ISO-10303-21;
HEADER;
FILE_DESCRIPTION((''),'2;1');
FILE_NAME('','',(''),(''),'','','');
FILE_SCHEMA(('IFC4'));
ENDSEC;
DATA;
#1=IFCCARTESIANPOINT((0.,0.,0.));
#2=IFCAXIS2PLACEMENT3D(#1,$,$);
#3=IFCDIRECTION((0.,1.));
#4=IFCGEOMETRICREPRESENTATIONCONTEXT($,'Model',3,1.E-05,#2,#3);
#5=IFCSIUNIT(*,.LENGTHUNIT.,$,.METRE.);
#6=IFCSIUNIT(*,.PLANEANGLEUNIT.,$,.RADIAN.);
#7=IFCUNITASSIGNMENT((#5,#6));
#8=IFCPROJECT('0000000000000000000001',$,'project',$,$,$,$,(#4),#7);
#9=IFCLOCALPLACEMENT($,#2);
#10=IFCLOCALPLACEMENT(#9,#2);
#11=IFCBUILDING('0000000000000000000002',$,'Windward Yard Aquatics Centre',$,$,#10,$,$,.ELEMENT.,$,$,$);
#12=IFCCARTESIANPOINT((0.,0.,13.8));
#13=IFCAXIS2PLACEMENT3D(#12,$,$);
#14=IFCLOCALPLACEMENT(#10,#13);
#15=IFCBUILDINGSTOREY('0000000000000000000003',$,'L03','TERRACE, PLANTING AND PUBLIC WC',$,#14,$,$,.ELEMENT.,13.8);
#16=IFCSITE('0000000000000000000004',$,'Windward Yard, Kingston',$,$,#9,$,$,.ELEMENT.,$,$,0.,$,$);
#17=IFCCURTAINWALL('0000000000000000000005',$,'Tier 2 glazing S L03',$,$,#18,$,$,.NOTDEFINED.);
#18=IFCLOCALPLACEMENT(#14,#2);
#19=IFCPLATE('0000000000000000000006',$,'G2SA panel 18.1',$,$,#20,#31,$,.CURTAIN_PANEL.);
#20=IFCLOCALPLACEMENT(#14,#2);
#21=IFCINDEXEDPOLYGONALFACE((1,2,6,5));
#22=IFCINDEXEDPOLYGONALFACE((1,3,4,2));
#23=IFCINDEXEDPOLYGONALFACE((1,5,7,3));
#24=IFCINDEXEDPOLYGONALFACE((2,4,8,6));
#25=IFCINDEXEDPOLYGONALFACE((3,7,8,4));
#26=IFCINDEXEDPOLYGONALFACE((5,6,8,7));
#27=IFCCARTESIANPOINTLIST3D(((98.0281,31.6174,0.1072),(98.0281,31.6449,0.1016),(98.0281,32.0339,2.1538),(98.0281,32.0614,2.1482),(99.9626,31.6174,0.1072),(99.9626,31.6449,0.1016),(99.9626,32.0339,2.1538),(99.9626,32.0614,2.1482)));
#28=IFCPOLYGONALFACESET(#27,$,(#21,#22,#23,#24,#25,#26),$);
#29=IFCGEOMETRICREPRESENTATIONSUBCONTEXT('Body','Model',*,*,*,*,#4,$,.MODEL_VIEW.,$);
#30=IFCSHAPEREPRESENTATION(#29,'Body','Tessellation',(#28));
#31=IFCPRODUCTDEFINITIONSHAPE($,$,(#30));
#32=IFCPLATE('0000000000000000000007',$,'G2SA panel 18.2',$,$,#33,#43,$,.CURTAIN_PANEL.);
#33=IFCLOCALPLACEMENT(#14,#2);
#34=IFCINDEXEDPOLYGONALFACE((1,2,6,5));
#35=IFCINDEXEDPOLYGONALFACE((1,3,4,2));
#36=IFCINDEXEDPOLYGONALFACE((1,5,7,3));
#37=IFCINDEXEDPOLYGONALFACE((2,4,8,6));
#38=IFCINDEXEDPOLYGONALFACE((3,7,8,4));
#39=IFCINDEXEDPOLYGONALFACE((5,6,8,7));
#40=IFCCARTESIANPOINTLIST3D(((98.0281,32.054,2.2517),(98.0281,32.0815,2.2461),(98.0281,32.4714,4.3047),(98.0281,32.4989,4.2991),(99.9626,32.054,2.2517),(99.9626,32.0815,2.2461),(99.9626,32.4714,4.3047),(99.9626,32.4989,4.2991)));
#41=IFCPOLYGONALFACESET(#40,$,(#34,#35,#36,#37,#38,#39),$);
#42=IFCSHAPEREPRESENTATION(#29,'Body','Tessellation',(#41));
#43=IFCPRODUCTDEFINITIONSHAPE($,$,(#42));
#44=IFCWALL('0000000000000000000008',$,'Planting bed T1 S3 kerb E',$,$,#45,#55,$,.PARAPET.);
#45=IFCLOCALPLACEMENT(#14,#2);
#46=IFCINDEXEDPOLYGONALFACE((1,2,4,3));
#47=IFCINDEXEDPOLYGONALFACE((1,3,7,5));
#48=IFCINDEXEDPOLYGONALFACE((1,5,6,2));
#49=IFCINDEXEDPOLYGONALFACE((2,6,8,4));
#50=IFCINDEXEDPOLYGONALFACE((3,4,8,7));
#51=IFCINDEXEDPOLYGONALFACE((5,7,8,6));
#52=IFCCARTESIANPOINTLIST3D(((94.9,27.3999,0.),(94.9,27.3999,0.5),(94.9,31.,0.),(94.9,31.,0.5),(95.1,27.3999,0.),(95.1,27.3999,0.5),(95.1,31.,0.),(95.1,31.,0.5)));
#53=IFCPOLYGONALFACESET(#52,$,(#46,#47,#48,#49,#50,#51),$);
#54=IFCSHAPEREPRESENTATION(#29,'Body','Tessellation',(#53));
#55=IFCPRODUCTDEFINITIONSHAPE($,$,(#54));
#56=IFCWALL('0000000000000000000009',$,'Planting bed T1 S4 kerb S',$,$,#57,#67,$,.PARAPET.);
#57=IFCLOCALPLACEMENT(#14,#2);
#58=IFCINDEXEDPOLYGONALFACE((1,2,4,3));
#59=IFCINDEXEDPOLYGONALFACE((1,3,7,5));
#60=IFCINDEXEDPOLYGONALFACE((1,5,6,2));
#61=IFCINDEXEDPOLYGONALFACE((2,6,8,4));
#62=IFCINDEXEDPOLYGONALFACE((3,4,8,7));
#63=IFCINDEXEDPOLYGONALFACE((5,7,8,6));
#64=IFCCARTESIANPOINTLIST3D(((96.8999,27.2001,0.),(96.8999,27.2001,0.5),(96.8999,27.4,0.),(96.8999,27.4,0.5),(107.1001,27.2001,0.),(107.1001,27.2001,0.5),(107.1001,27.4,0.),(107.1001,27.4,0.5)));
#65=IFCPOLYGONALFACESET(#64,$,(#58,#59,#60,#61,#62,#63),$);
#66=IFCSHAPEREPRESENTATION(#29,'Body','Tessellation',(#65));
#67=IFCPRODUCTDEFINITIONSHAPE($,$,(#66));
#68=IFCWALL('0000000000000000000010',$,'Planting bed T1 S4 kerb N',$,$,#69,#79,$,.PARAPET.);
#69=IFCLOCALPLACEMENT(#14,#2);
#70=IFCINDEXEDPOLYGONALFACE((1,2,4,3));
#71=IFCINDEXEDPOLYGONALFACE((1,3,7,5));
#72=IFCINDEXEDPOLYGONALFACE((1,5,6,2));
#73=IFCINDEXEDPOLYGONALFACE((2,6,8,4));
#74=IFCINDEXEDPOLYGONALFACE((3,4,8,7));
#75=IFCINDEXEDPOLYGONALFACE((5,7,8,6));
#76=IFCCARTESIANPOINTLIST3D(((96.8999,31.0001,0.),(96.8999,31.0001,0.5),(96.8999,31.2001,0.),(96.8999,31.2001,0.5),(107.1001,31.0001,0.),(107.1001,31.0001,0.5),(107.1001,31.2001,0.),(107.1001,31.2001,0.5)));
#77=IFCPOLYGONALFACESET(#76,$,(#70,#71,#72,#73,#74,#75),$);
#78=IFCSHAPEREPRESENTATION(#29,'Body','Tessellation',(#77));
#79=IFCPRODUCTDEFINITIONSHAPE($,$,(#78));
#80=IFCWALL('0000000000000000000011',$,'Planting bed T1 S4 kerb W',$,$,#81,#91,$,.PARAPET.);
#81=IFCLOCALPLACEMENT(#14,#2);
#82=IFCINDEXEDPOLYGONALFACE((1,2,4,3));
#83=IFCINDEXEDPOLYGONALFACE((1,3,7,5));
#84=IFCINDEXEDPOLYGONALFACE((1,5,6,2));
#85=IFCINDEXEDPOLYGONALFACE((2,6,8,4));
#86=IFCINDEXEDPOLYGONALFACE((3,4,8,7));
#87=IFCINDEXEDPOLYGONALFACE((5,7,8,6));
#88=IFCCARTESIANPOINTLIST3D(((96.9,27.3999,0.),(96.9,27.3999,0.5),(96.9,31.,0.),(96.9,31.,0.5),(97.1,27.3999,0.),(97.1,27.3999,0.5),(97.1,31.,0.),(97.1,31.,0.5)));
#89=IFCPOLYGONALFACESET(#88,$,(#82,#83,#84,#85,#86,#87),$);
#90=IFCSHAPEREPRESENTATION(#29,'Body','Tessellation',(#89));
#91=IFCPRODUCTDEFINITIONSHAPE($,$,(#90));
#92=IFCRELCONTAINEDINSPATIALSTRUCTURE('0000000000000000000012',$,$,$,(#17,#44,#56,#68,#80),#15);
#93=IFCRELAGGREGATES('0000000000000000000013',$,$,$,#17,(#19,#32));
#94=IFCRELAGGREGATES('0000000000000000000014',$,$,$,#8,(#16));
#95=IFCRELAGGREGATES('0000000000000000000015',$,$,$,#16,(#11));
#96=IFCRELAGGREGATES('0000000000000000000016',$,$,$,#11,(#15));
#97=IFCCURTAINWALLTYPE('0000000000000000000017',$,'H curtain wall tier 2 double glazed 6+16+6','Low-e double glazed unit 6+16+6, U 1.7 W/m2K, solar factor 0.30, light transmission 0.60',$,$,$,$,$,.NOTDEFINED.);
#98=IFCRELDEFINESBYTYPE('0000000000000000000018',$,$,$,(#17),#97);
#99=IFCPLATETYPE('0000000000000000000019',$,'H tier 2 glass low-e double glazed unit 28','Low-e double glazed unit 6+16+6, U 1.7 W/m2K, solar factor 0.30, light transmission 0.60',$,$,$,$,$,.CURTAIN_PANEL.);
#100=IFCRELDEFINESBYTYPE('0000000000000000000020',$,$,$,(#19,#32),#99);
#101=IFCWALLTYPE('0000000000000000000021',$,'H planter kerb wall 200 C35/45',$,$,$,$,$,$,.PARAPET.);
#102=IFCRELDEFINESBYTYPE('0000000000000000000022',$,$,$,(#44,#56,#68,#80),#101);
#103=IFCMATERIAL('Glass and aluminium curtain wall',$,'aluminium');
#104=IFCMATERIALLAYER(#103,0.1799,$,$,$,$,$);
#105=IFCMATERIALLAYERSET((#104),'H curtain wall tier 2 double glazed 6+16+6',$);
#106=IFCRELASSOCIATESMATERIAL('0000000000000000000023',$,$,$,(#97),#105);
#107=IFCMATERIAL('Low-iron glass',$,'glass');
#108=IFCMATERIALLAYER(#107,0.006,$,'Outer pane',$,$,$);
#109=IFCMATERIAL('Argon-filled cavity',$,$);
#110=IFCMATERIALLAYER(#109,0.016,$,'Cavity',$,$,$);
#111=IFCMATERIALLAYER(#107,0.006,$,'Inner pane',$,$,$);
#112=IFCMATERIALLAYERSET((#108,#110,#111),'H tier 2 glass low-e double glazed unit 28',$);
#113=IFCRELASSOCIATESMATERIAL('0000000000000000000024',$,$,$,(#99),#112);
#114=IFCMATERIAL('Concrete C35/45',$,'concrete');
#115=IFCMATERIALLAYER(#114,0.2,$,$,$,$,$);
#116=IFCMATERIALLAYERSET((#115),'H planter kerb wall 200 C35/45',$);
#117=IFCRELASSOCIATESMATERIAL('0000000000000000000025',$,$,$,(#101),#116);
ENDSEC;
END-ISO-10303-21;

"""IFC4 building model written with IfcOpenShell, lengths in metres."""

from ifc_helpers import new_model, si_unit, direction, frame, frame_2d, origin, place, context, subcontext, project, spatial, polyline, rectangle, outline, extrude, material, layer, layer_set, type_object, element, aggregate, save


model = new_model("IFC4")

# Units and contexts
model_context = context("Model", 3, precision=1e-05, world=origin(), true_north=direction((0.0, 1.0)))
body_context = subcontext(model_context, "Body", "Model", "MODEL_VIEW")
ifc_project = project(units=[si_unit("LENGTHUNIT", "METRE"), si_unit("PLANEANGLEUNIT", "RADIAN")], contexts=[model_context])

# Site, building, storey
site_placement = place(None, origin())
site = spatial("IfcSite", under=ifc_project, at=site_placement, Name="Windward Yard, Kingston", CompositionType="ELEMENT", RefElevation=0.0)
building_placement = place(site_placement, origin())
building = spatial("IfcBuilding", under=site, at=building_placement, Name="Windward Yard Aquatics Centre", CompositionType="ELEMENT")
storey_placement = place(building_placement, frame((0.0, 0.0, 13.8)))
storey = spatial("IfcBuildingStorey", under=building, at=storey_placement, Name="L03", Description="TERRACE, PLANTING AND PUBLIC WC", CompositionType="ELEMENT", Elevation=13.8)

# Curtain wall
ifc_material_1 = material(Name="Glass and aluminium curtain wall", Category="aluminium")
ifc_layer_1 = layer(ifc_material_1, 0.1799)
ifc_layer_set_1 = layer_set([ifc_layer_1], Name="H curtain wall tier 2 double glazed 6+16+6")
curtain_wall_type = type_object("IfcCurtainWallType", Name="H curtain wall tier 2 double glazed 6+16+6", Description="Low-e double glazed unit 6+16+6, U 1.7 W/m2K, solar factor 0.30, light transmission 0.60", PredefinedType="NOTDEFINED", material=ifc_layer_set_1)
curtain_wall_placement = place(storey_placement, origin())
curtain_wall = element("IfcCurtainWall", 1, at=curtain_wall_placement, inside=storey, type_object=curtain_wall_type, Name="Tier 2 glazing S L03", PredefinedType="NOTDEFINED")

# Plates
ifc_material_2 = material(Name="Low-iron glass", Category="glass")
ifc_layer_2 = layer(ifc_material_2, 0.006, Name="Outer pane")
ifc_material_3 = material(Name="Argon-filled cavity")
ifc_layer_3 = layer(ifc_material_3, 0.016, Name="Cavity")
ifc_layer_4 = layer(ifc_material_2, 0.006, Name="Inner pane")
ifc_layer_set_2 = layer_set([ifc_layer_2, ifc_layer_3, ifc_layer_4], Name="H tier 2 glass low-e double glazed unit 28")
plate_type = type_object("IfcPlateType", Name="H tier 2 glass low-e double glazed unit 28", Description="Low-e double glazed unit 6+16+6, U 1.7 W/m2K, solar factor 0.30, light transmission 0.60", PredefinedType="CURTAIN_PANEL", material=ifc_layer_set_2)
plate_1_placement = place(storey_placement, frame((98.0281, 31.6174, 0.1072), z_axis=(0.0, -0.979914, 0.199419), x_axis=(1.0, 0.0, 0.0)))
plate_1 = element("IfcPlate", 2, at=plate_1_placement, type_object=plate_type, Name="G2SA panel 18.1", PredefinedType="CURTAIN_PANEL", context=body_context, shape_type="SweptSolid", body=[
    extrude(outline(polyline([(0.0, 0.0), (1.9346, 0.0), (1.9346, 2.0886), (0.0, 2.0886), (0.0, 0.0)])), origin(), (0.0, 0.0, -1.0), 0.0281),
])
plate_2_placement = place(storey_placement, frame((98.0281, 32.054, 2.2517), z_axis=(0.0, -0.979944, 0.199275), x_axis=(1.0, 0.0, 0.0)))
plate_2 = element("IfcPlate", 3, at=plate_2_placement, type_object=plate_type, Name="G2SA panel 18.2", PredefinedType="CURTAIN_PANEL", context=body_context, shape_type="SweptSolid", body=[
    extrude(outline(polyline([(0.0, 0.0), (1.9346, 0.0), (1.9346, 2.095), (0.0, 2.095), (0.0, 0.0)])), origin(), (0.0, 0.0, -1.0), 0.0281),
])
aggregate(curtain_wall, [plate_1, plate_2])

# Walls
ifc_material_4 = material(Name="Concrete C35/45", Category="concrete")
ifc_layer_5 = layer(ifc_material_4, 0.2)
ifc_layer_set_3 = layer_set([ifc_layer_5], Name="H planter kerb wall 200 C35/45")
wall_type = type_object("IfcWallType", Name="H planter kerb wall 200 C35/45", PredefinedType="PARAPET", material=ifc_layer_set_3)
wall_1_placement = place(storey_placement, frame((95.0, 27.3999, 0.0), z_axis=(0.0, 0.0, 1.0), x_axis=(0.0, 1.0, 0.0)))
element("IfcWall", 4, at=wall_1_placement, inside=storey, type_object=wall_type, Name="Planting bed T1 S3 kerb E", PredefinedType="PARAPET", context=body_context, shape_type="SweptSolid", body=[
    extrude(rectangle(XDim=3.6001, YDim=0.2, at=frame_2d((1.8, 0.0))), origin(), (0.0, 0.0, 1.0), 0.5),
])
for number, where, z_axis, x_axis, name in (
    (5, (96.8999, 27.3, 0.0), (0.0, 0.0, 1.0), (1.0, 0.0, 0.0), "Planting bed T1 S4 kerb S"),
    (6, (96.8999, 31.1001, 0.0), (0.0, 0.0, 1.0), (1.0, 0.0, 0.0), "Planting bed T1 S4 kerb N"),
):
    element("IfcWall", number, at=place(storey_placement, frame(where, z_axis=z_axis, x_axis=x_axis)), inside=storey, type_object=wall_type, Name=name, PredefinedType="PARAPET", context=body_context, shape_type="SweptSolid", body=[
        extrude(rectangle(XDim=10.2002, YDim=0.2, at=frame_2d((5.1001, 0.0))), origin(), (0.0, 0.0, 1.0), 0.5),
    ])
wall_2_placement = place(storey_placement, frame((97.0, 27.3999, 0.0), z_axis=(0.0, 0.0, 1.0), x_axis=(0.0, 1.0, 0.0)))
element("IfcWall", 7, at=wall_2_placement, inside=storey, type_object=wall_type, Name="Planting bed T1 S4 kerb W", PredefinedType="PARAPET", context=body_context, shape_type="SweptSolid", body=[
    extrude(rectangle(XDim=3.6001, YDim=0.2, at=frame_2d((1.8, 0.0))), origin(), (0.0, 0.0, 1.0), 0.5),
])

save(model, "model.ifc")
